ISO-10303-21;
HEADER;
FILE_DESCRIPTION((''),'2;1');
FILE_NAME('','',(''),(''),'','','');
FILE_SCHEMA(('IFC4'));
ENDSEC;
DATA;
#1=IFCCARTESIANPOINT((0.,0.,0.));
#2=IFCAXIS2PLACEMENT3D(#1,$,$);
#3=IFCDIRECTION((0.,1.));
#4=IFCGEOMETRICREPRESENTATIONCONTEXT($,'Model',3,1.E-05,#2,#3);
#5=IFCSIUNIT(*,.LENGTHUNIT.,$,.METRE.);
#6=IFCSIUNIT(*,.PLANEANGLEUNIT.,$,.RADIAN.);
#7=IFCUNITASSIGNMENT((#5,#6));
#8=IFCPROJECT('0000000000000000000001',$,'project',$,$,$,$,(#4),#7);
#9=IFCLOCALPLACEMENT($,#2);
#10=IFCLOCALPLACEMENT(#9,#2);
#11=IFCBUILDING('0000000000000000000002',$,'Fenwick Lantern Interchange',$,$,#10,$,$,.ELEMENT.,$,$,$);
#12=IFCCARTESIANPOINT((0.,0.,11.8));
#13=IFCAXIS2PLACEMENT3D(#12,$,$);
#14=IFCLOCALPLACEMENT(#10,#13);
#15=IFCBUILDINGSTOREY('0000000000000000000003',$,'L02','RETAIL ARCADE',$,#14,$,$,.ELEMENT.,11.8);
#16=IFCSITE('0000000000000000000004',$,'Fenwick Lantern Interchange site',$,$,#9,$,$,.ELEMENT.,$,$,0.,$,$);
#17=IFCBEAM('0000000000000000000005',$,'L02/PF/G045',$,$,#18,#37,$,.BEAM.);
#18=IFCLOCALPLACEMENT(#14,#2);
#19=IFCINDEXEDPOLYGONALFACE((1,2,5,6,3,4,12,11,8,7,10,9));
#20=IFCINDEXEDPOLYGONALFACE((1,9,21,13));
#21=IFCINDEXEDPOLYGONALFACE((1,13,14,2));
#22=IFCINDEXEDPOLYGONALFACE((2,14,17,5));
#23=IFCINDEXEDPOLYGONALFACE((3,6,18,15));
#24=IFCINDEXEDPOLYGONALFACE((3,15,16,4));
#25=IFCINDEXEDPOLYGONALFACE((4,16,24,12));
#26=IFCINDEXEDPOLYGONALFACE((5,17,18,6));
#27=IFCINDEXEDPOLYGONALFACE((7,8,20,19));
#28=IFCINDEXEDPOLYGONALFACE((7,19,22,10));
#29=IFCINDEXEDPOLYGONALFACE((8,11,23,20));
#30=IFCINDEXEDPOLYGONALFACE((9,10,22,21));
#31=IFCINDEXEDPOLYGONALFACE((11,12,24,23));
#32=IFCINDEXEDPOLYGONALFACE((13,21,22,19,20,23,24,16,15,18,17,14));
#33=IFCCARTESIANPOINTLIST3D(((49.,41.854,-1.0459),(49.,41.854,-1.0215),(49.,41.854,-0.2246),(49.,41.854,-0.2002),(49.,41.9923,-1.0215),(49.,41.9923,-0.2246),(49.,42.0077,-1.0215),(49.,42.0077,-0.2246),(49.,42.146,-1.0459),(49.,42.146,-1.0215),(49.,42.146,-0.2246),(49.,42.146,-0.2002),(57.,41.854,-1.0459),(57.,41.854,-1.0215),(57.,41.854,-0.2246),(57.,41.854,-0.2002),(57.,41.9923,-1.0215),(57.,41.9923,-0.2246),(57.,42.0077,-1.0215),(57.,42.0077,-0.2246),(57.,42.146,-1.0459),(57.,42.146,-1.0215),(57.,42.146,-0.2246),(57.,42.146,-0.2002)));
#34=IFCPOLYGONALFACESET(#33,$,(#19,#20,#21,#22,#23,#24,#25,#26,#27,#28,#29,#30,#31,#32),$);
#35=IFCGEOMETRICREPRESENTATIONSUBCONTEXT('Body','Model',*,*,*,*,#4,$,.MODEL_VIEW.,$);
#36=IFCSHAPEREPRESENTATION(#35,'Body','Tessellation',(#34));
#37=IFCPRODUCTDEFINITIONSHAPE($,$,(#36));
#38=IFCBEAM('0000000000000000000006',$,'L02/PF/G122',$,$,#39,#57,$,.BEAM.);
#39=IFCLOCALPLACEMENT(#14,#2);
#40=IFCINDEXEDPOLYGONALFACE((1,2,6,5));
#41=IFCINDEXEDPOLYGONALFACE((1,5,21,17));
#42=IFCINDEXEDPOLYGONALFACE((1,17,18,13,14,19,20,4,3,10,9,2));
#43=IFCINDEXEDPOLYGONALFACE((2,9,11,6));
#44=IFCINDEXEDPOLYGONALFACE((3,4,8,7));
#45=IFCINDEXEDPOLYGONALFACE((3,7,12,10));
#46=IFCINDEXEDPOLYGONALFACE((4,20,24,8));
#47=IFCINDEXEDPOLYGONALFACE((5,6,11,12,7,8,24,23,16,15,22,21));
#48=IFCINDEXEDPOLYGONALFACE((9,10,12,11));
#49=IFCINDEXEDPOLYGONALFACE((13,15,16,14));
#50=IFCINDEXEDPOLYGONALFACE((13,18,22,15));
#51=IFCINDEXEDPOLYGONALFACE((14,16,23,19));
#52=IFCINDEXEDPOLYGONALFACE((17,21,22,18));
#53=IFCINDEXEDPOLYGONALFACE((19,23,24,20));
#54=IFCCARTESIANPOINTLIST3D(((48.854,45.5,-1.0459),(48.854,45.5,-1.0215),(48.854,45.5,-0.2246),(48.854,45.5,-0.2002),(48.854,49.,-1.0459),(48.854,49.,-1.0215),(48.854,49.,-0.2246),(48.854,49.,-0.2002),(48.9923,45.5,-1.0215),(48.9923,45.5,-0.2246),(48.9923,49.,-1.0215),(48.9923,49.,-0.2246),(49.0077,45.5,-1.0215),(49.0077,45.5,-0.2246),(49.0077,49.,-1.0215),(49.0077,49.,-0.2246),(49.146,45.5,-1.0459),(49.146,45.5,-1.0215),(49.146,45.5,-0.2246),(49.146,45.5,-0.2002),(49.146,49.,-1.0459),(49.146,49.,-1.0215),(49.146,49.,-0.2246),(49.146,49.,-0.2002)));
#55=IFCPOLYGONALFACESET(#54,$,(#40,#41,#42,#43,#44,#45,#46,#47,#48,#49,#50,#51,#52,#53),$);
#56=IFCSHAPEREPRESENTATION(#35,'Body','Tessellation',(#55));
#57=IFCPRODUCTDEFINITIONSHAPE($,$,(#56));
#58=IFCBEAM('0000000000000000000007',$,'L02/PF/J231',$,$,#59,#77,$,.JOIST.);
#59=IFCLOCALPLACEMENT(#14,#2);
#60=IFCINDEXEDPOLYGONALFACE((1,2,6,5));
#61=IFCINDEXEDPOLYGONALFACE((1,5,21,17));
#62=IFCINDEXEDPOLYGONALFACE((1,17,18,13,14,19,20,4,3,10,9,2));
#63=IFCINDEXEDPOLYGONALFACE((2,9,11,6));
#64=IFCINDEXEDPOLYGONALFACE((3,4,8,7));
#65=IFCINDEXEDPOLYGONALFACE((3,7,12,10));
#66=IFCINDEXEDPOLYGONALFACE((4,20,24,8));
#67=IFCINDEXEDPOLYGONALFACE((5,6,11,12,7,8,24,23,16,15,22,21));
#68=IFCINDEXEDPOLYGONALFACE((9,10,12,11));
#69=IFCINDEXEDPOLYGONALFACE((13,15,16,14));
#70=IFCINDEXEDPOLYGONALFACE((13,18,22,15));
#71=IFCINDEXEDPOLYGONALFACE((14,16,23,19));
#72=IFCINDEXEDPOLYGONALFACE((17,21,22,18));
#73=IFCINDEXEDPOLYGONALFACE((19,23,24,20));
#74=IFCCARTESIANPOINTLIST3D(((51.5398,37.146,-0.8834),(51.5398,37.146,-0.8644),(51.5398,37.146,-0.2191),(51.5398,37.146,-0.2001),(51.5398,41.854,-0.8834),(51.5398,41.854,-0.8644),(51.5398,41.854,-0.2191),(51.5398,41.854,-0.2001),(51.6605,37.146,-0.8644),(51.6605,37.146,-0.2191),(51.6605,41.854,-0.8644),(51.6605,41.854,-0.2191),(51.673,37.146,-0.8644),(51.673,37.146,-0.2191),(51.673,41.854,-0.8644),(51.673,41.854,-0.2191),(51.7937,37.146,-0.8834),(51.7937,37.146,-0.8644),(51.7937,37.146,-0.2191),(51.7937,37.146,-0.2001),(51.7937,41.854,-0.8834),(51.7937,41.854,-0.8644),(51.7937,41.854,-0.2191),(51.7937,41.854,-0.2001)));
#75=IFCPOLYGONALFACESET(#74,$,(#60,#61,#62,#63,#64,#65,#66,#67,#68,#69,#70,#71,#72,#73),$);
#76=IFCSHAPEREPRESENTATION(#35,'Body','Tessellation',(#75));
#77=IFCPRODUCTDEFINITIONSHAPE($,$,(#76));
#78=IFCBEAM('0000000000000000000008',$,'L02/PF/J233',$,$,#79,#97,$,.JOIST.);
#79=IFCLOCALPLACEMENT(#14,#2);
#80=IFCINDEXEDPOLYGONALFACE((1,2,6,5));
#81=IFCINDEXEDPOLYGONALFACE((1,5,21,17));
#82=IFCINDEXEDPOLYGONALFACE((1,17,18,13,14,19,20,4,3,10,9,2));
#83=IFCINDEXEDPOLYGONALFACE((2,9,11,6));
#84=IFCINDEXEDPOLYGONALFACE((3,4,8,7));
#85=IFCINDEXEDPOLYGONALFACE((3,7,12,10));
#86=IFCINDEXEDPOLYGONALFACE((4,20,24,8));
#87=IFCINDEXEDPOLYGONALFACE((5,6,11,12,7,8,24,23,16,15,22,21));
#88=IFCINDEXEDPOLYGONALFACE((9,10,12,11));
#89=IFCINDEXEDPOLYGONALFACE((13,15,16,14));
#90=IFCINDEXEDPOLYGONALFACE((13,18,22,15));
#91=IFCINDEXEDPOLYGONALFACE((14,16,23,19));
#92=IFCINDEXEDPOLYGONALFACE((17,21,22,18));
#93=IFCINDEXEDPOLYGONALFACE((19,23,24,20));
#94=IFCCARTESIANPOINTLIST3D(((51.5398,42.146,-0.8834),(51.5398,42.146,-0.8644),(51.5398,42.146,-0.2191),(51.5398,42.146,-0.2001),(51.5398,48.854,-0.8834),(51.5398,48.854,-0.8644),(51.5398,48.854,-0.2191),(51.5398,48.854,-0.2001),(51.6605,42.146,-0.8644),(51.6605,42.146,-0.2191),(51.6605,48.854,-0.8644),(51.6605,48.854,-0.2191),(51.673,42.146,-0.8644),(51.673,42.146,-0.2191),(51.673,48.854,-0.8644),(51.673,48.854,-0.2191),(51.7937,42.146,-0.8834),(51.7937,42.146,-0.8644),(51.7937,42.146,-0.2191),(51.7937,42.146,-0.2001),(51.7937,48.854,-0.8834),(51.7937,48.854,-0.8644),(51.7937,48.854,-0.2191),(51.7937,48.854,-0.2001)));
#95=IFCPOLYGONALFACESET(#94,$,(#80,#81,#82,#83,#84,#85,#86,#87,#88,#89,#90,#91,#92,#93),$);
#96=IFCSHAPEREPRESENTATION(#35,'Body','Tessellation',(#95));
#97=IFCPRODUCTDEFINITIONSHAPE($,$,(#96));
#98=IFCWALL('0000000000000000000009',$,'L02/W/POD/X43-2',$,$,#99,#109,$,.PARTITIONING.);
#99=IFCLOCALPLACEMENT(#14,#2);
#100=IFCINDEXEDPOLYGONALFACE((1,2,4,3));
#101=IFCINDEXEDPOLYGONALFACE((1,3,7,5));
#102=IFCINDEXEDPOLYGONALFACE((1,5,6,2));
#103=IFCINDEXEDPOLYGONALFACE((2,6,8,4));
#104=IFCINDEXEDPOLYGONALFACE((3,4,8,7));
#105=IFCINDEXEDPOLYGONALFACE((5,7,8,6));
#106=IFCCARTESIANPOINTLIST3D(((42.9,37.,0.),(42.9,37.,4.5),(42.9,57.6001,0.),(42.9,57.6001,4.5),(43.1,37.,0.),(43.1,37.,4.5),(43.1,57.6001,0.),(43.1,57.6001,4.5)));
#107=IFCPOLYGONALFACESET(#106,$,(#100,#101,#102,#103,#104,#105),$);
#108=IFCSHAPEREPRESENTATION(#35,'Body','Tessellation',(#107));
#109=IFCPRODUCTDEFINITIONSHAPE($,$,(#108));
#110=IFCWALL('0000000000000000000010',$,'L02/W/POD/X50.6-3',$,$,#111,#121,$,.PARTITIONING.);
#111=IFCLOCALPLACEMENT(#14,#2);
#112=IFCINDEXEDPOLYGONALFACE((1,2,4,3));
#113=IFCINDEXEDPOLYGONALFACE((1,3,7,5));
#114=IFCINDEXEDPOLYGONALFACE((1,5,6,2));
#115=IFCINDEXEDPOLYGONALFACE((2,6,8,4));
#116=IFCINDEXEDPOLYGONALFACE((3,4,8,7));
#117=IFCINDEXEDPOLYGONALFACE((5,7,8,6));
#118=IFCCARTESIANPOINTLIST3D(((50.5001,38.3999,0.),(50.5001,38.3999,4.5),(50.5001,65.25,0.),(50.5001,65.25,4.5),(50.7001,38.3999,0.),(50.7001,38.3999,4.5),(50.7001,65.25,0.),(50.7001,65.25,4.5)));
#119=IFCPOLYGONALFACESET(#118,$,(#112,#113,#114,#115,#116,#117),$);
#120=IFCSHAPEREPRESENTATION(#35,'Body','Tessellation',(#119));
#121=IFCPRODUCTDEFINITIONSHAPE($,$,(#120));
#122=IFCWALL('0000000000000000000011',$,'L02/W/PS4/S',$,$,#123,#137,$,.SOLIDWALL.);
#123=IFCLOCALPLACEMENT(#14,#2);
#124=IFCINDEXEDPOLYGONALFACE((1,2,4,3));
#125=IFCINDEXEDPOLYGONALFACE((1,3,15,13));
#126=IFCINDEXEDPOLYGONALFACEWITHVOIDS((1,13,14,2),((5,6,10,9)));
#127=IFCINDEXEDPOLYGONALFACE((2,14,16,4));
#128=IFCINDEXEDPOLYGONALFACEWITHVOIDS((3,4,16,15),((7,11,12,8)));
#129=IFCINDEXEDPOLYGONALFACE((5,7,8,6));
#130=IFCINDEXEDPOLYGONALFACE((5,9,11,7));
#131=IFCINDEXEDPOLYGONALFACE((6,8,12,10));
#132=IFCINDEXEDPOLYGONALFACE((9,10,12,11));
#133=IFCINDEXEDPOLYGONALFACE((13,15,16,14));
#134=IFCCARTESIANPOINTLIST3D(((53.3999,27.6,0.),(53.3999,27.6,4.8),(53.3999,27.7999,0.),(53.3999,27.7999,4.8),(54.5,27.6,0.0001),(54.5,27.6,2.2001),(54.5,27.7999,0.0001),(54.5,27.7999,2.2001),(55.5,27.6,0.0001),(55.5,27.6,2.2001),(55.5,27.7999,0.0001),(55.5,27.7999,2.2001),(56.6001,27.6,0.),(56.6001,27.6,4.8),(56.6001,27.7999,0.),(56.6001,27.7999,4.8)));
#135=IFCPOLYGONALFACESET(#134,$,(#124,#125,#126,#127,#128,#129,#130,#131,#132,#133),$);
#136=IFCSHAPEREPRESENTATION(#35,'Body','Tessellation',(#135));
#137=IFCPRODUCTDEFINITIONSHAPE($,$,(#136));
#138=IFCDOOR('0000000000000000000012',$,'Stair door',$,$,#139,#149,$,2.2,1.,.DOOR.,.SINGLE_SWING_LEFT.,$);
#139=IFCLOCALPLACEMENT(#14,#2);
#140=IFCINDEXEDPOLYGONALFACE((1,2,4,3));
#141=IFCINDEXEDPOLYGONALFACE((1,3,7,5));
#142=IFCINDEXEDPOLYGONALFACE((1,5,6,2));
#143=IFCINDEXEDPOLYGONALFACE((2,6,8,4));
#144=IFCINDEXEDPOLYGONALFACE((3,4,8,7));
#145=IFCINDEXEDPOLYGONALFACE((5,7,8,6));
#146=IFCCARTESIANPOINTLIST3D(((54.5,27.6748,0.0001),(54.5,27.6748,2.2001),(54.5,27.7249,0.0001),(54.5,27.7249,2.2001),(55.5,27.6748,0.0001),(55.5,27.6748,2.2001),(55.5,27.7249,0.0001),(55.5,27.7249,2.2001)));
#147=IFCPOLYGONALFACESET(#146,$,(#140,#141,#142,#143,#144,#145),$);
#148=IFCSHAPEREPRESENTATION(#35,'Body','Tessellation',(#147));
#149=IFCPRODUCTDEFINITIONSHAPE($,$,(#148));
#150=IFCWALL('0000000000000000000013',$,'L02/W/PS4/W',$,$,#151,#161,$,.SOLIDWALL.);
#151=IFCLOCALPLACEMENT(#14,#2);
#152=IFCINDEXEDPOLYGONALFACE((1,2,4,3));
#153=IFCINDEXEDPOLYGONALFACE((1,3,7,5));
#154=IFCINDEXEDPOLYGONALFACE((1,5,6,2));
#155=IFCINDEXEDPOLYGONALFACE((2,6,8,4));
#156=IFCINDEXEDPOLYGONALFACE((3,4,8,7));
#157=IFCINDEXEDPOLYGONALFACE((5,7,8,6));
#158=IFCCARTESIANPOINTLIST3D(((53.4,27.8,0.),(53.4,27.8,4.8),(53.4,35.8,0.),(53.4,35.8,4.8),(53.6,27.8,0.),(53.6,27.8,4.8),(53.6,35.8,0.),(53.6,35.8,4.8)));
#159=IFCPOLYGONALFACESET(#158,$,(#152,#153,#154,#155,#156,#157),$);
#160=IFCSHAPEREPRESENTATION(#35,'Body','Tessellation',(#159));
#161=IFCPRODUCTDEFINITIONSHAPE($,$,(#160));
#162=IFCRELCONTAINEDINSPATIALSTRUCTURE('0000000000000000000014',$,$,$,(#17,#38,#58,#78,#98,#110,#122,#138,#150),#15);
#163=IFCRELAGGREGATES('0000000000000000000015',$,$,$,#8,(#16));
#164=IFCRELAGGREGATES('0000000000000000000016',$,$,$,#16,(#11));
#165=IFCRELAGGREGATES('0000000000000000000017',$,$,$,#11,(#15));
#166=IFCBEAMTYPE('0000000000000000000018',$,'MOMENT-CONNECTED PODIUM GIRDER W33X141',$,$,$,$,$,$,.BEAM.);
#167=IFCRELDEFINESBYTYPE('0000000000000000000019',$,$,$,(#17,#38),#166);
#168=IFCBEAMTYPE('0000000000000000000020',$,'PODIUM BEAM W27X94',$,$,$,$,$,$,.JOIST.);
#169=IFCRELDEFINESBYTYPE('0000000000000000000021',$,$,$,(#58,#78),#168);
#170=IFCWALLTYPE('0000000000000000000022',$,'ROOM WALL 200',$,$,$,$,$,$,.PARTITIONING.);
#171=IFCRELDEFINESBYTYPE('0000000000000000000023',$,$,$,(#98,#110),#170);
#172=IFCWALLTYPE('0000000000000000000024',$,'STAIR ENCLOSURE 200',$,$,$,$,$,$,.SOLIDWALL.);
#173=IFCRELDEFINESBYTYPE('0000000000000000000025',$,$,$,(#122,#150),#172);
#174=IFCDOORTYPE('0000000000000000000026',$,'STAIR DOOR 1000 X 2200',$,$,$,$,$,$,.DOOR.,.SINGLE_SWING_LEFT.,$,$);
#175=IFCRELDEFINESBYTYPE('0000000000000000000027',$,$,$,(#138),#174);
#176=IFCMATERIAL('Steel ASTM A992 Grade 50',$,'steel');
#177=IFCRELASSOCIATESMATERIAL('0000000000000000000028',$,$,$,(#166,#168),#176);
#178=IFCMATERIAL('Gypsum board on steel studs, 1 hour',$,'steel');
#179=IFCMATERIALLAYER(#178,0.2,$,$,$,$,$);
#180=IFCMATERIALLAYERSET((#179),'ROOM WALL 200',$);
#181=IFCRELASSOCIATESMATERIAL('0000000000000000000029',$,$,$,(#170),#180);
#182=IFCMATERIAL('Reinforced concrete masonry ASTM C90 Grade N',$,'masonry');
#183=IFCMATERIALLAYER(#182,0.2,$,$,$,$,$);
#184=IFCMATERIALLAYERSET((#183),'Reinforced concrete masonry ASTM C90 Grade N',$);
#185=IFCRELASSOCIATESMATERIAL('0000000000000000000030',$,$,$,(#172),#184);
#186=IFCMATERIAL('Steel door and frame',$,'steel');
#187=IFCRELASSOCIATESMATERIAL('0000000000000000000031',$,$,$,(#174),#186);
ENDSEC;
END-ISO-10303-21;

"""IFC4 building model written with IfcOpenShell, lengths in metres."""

from ifc_helpers import new_model, si_unit, direction, frame, frame_2d, origin, origin_2d, place, context, subcontext, project, spatial, rectangle, i_section, extrude, material, layer, layer_set, material_profile, profile_set, type_object, element, fill, save


model = new_model("IFC4")

# Units and contexts
model_context = context("Model", 3, precision=1e-05, world=origin(), true_north=direction((0.0, 1.0)))
body_context = subcontext(model_context, "Body", "Model", "MODEL_VIEW")
ifc_project = project(units=[si_unit("LENGTHUNIT", "METRE"), si_unit("PLANEANGLEUNIT", "RADIAN")], contexts=[model_context])

# Site, building, storey
site_placement = place(None, origin())
site = spatial("IfcSite", under=ifc_project, at=site_placement, Name="Fenwick Lantern Interchange site", CompositionType="ELEMENT", RefElevation=0.0)
building_placement = place(site_placement, origin())
building = spatial("IfcBuilding", under=site, at=building_placement, Name="Fenwick Lantern Interchange", CompositionType="ELEMENT")
storey_placement = place(building_placement, frame((0.0, 0.0, 11.8)))
storey = spatial("IfcBuildingStorey", under=building, at=storey_placement, Name="L02", Description="RETAIL ARCADE", CompositionType="ELEMENT", Elevation=11.8)

# Beams
ifc_material_1 = material(Name="Steel ASTM A992 Grade 50", Category="steel")
ifc_material_profile_1 = material_profile(ifc_material_1, i_section(OverallWidth=0.292, OverallDepth=0.8457, WebThickness=0.0154, FlangeThickness=0.0244, at=origin_2d()), Name="W33X141")
ifc_profile_set_1 = profile_set([ifc_material_profile_1], Name="Steel ASTM A992 Grade 50")
beam_type_1 = type_object("IfcBeamType", Name="MOMENT-CONNECTED PODIUM GIRDER W33X141", PredefinedType="BEAM", material=ifc_profile_set_1)
for number, where, z_axis, x_axis, name in (
    (1, (49.0, 42.0, -0.623), (1.0, 0.0, 0.0), (0.0, 1.0, 0.0), "L02/PF/G045"),
):
    element("IfcBeam", number, at=place(storey_placement, frame(where, z_axis=z_axis, x_axis=x_axis)), inside=storey, type_object=beam_type_1, Name=name, PredefinedType="BEAM", context=body_context, shape_type="SweptSolid", body=[
        extrude(i_section(OverallWidth=0.292, OverallDepth=0.8457, WebThickness=0.0154, FlangeThickness=0.0244, at=origin_2d()), origin(), (0.0, 0.0, 1.0), 8.0),
    ])
beam_1_placement = place(storey_placement, frame((49.0, 45.5, -0.623), z_axis=(0.0, 1.0, 0.0), x_axis=(-1.0, 0.0, 0.0)))
element("IfcBeam", 2, at=beam_1_placement, inside=storey, type_object=beam_type_1, Name="L02/PF/G122", PredefinedType="BEAM", context=body_context, shape_type="SweptSolid", body=[
    extrude(i_section(OverallWidth=0.292, OverallDepth=0.8457, WebThickness=0.0154, FlangeThickness=0.0244, at=origin_2d()), origin(), (0.0, 0.0, 1.0), 3.5),
])
ifc_material_profile_2 = material_profile(ifc_material_1, i_section(OverallWidth=0.2539, OverallDepth=0.6833, WebThickness=0.0125, FlangeThickness=0.019, at=origin_2d()), Name="W27X94")
ifc_profile_set_2 = profile_set([ifc_material_profile_2], Name="Steel ASTM A992 Grade 50")
beam_type_2 = type_object("IfcBeamType", Name="PODIUM BEAM W27X94", PredefinedType="JOIST", material=ifc_profile_set_2)
beam_2_placement = place(storey_placement, frame((51.6667, 37.146, -0.5417), z_axis=(0.0, 1.0, 0.0), x_axis=(-1.0, 0.0, 0.0)))
element("IfcBeam", 3, at=beam_2_placement, inside=storey, type_object=beam_type_2, Name="L02/PF/J231", PredefinedType="JOIST", context=body_context, shape_type="SweptSolid", body=[
    extrude(i_section(OverallWidth=0.2539, OverallDepth=0.6833, WebThickness=0.0125, FlangeThickness=0.019, at=origin_2d()), origin(), (0.0, 0.0, 1.0), 4.708),
])
beam_3_placement = place(storey_placement, frame((51.6667, 42.146, -0.5417), z_axis=(0.0, 1.0, 0.0), x_axis=(-1.0, 0.0, 0.0)))
element("IfcBeam", 4, at=beam_3_placement, inside=storey, type_object=beam_type_2, Name="L02/PF/J233", PredefinedType="JOIST", context=body_context, shape_type="SweptSolid", body=[
    extrude(i_section(OverallWidth=0.2539, OverallDepth=0.6833, WebThickness=0.0125, FlangeThickness=0.019, at=origin_2d()), origin(), (0.0, 0.0, 1.0), 6.708),
])

# Walls
ifc_material_2 = material(Name="Gypsum board on steel studs, 1 hour", Category="steel")
ifc_layer_1 = layer(ifc_material_2, 0.2)
ifc_layer_set_1 = layer_set([ifc_layer_1], Name="ROOM WALL 200")
wall_type_1 = type_object("IfcWallType", Name="ROOM WALL 200", PredefinedType="PARTITIONING", material=ifc_layer_set_1)
wall_1_placement = place(storey_placement, frame((43.0, 37.0, 0.0), z_axis=(0.0, 0.0, 1.0), x_axis=(0.0, 1.0, 0.0)))
element("IfcWall", 5, at=wall_1_placement, inside=storey, type_object=wall_type_1, Name="L02/W/POD/X43-2", PredefinedType="PARTITIONING", context=body_context, shape_type="SweptSolid", body=[
    extrude(rectangle(XDim=20.6001, YDim=0.2, at=frame_2d((10.3, 0.0))), origin(), (0.0, 0.0, 1.0), 4.5),
])
wall_2_placement = place(storey_placement, frame((50.6001, 38.3999, 0.0), z_axis=(0.0, 0.0, 1.0), x_axis=(0.0, 1.0, 0.0)))
element("IfcWall", 6, at=wall_2_placement, inside=storey, type_object=wall_type_1, Name="L02/W/POD/X50.6-3", PredefinedType="PARTITIONING", context=body_context, shape_type="SweptSolid", body=[
    extrude(rectangle(XDim=26.8501, YDim=0.2, at=frame_2d((13.425, 0.0))), origin(), (0.0, 0.0, 1.0), 4.5),
])

# Wall, opening, door
ifc_material_3 = material(Name="Steel door and frame", Category="steel")
ifc_material_4 = material(Name="Reinforced concrete masonry ASTM C90 Grade N", Category="masonry")
ifc_layer_2 = layer(ifc_material_4, 0.2)
ifc_layer_set_2 = layer_set([ifc_layer_2], Name="Reinforced concrete masonry ASTM C90 Grade N")
wall_type_2 = type_object("IfcWallType", Name="STAIR ENCLOSURE 200", PredefinedType="SOLIDWALL", material=ifc_layer_set_2)
wall_3_placement = place(storey_placement, frame((53.3999, 27.7, 0.0), z_axis=(0.0, 0.0, 1.0), x_axis=(1.0, 0.0, 0.0)))
wall_3 = element("IfcWall", 7, at=wall_3_placement, inside=storey, type_object=wall_type_2, Name="L02/W/PS4/S", PredefinedType="SOLIDWALL", context=body_context, shape_type="SweptSolid", body=[
    extrude(rectangle(XDim=3.2002, YDim=0.2, at=frame_2d((1.6001, 0.0))), origin(), (0.0, 0.0, 1.0), 4.8),
])
opening_1_placement = place(wall_3_placement, frame((1.1001, 0.0, 0.0)))
opening_1 = element("IfcOpeningElement", 8, at=opening_1_placement, cuts=wall_3, PredefinedType="OPENING", context=body_context, shape_type="SweptSolid", body=[
    extrude(rectangle(XDim=1.0, YDim=2.2, at=frame_2d((0.5, 1.1001))), frame((0.0, 0.1099, 0.0), z_axis=(0.0, -1.0, 0.0), x_axis=(1.0, 0.0, 0.0)), (0.0, 0.0, 1.0), 0.22),
])
door_type_1 = type_object("IfcDoorType", Name="STAIR DOOR 1000 X 2200", OperationType="SINGLE_SWING_LEFT", PredefinedType="DOOR", material=ifc_material_3)
door_1_placement = place(opening_1_placement, origin())
door_1 = element("IfcDoor", 9, at=door_1_placement, inside=storey, type_object=door_type_1, Name="Stair door", OperationType="SINGLE_SWING_LEFT", OverallHeight=2.2, OverallWidth=1.0, PredefinedType="DOOR", context=body_context, shape_type="SweptSolid", body=[
    extrude(rectangle(XDim=1.0, YDim=2.2, at=frame_2d((0.5, 1.1001))), frame((0.0, 0.0249, 0.0), z_axis=(0.0, -1.0, 0.0), x_axis=(1.0, 0.0, 0.0)), (0.0, 0.0, 1.0), 0.05),
])
fill(opening_1, door_1)

# Wall
wall_4_placement = place(storey_placement, frame((53.5, 35.8, 0.0), z_axis=(0.0, 0.0, 1.0), x_axis=(0.0, -1.0, 0.0)))
element("IfcWall", 10, at=wall_4_placement, inside=storey, type_object=wall_type_2, Name="L02/W/PS4/W", PredefinedType="SOLIDWALL", context=body_context, shape_type="SweptSolid", body=[
    extrude(rectangle(XDim=8.0, YDim=0.2, at=frame_2d((4.0, 0.0))), origin(), (0.0, 0.0, 1.0), 4.8),
])

save(model, "model.ifc")
